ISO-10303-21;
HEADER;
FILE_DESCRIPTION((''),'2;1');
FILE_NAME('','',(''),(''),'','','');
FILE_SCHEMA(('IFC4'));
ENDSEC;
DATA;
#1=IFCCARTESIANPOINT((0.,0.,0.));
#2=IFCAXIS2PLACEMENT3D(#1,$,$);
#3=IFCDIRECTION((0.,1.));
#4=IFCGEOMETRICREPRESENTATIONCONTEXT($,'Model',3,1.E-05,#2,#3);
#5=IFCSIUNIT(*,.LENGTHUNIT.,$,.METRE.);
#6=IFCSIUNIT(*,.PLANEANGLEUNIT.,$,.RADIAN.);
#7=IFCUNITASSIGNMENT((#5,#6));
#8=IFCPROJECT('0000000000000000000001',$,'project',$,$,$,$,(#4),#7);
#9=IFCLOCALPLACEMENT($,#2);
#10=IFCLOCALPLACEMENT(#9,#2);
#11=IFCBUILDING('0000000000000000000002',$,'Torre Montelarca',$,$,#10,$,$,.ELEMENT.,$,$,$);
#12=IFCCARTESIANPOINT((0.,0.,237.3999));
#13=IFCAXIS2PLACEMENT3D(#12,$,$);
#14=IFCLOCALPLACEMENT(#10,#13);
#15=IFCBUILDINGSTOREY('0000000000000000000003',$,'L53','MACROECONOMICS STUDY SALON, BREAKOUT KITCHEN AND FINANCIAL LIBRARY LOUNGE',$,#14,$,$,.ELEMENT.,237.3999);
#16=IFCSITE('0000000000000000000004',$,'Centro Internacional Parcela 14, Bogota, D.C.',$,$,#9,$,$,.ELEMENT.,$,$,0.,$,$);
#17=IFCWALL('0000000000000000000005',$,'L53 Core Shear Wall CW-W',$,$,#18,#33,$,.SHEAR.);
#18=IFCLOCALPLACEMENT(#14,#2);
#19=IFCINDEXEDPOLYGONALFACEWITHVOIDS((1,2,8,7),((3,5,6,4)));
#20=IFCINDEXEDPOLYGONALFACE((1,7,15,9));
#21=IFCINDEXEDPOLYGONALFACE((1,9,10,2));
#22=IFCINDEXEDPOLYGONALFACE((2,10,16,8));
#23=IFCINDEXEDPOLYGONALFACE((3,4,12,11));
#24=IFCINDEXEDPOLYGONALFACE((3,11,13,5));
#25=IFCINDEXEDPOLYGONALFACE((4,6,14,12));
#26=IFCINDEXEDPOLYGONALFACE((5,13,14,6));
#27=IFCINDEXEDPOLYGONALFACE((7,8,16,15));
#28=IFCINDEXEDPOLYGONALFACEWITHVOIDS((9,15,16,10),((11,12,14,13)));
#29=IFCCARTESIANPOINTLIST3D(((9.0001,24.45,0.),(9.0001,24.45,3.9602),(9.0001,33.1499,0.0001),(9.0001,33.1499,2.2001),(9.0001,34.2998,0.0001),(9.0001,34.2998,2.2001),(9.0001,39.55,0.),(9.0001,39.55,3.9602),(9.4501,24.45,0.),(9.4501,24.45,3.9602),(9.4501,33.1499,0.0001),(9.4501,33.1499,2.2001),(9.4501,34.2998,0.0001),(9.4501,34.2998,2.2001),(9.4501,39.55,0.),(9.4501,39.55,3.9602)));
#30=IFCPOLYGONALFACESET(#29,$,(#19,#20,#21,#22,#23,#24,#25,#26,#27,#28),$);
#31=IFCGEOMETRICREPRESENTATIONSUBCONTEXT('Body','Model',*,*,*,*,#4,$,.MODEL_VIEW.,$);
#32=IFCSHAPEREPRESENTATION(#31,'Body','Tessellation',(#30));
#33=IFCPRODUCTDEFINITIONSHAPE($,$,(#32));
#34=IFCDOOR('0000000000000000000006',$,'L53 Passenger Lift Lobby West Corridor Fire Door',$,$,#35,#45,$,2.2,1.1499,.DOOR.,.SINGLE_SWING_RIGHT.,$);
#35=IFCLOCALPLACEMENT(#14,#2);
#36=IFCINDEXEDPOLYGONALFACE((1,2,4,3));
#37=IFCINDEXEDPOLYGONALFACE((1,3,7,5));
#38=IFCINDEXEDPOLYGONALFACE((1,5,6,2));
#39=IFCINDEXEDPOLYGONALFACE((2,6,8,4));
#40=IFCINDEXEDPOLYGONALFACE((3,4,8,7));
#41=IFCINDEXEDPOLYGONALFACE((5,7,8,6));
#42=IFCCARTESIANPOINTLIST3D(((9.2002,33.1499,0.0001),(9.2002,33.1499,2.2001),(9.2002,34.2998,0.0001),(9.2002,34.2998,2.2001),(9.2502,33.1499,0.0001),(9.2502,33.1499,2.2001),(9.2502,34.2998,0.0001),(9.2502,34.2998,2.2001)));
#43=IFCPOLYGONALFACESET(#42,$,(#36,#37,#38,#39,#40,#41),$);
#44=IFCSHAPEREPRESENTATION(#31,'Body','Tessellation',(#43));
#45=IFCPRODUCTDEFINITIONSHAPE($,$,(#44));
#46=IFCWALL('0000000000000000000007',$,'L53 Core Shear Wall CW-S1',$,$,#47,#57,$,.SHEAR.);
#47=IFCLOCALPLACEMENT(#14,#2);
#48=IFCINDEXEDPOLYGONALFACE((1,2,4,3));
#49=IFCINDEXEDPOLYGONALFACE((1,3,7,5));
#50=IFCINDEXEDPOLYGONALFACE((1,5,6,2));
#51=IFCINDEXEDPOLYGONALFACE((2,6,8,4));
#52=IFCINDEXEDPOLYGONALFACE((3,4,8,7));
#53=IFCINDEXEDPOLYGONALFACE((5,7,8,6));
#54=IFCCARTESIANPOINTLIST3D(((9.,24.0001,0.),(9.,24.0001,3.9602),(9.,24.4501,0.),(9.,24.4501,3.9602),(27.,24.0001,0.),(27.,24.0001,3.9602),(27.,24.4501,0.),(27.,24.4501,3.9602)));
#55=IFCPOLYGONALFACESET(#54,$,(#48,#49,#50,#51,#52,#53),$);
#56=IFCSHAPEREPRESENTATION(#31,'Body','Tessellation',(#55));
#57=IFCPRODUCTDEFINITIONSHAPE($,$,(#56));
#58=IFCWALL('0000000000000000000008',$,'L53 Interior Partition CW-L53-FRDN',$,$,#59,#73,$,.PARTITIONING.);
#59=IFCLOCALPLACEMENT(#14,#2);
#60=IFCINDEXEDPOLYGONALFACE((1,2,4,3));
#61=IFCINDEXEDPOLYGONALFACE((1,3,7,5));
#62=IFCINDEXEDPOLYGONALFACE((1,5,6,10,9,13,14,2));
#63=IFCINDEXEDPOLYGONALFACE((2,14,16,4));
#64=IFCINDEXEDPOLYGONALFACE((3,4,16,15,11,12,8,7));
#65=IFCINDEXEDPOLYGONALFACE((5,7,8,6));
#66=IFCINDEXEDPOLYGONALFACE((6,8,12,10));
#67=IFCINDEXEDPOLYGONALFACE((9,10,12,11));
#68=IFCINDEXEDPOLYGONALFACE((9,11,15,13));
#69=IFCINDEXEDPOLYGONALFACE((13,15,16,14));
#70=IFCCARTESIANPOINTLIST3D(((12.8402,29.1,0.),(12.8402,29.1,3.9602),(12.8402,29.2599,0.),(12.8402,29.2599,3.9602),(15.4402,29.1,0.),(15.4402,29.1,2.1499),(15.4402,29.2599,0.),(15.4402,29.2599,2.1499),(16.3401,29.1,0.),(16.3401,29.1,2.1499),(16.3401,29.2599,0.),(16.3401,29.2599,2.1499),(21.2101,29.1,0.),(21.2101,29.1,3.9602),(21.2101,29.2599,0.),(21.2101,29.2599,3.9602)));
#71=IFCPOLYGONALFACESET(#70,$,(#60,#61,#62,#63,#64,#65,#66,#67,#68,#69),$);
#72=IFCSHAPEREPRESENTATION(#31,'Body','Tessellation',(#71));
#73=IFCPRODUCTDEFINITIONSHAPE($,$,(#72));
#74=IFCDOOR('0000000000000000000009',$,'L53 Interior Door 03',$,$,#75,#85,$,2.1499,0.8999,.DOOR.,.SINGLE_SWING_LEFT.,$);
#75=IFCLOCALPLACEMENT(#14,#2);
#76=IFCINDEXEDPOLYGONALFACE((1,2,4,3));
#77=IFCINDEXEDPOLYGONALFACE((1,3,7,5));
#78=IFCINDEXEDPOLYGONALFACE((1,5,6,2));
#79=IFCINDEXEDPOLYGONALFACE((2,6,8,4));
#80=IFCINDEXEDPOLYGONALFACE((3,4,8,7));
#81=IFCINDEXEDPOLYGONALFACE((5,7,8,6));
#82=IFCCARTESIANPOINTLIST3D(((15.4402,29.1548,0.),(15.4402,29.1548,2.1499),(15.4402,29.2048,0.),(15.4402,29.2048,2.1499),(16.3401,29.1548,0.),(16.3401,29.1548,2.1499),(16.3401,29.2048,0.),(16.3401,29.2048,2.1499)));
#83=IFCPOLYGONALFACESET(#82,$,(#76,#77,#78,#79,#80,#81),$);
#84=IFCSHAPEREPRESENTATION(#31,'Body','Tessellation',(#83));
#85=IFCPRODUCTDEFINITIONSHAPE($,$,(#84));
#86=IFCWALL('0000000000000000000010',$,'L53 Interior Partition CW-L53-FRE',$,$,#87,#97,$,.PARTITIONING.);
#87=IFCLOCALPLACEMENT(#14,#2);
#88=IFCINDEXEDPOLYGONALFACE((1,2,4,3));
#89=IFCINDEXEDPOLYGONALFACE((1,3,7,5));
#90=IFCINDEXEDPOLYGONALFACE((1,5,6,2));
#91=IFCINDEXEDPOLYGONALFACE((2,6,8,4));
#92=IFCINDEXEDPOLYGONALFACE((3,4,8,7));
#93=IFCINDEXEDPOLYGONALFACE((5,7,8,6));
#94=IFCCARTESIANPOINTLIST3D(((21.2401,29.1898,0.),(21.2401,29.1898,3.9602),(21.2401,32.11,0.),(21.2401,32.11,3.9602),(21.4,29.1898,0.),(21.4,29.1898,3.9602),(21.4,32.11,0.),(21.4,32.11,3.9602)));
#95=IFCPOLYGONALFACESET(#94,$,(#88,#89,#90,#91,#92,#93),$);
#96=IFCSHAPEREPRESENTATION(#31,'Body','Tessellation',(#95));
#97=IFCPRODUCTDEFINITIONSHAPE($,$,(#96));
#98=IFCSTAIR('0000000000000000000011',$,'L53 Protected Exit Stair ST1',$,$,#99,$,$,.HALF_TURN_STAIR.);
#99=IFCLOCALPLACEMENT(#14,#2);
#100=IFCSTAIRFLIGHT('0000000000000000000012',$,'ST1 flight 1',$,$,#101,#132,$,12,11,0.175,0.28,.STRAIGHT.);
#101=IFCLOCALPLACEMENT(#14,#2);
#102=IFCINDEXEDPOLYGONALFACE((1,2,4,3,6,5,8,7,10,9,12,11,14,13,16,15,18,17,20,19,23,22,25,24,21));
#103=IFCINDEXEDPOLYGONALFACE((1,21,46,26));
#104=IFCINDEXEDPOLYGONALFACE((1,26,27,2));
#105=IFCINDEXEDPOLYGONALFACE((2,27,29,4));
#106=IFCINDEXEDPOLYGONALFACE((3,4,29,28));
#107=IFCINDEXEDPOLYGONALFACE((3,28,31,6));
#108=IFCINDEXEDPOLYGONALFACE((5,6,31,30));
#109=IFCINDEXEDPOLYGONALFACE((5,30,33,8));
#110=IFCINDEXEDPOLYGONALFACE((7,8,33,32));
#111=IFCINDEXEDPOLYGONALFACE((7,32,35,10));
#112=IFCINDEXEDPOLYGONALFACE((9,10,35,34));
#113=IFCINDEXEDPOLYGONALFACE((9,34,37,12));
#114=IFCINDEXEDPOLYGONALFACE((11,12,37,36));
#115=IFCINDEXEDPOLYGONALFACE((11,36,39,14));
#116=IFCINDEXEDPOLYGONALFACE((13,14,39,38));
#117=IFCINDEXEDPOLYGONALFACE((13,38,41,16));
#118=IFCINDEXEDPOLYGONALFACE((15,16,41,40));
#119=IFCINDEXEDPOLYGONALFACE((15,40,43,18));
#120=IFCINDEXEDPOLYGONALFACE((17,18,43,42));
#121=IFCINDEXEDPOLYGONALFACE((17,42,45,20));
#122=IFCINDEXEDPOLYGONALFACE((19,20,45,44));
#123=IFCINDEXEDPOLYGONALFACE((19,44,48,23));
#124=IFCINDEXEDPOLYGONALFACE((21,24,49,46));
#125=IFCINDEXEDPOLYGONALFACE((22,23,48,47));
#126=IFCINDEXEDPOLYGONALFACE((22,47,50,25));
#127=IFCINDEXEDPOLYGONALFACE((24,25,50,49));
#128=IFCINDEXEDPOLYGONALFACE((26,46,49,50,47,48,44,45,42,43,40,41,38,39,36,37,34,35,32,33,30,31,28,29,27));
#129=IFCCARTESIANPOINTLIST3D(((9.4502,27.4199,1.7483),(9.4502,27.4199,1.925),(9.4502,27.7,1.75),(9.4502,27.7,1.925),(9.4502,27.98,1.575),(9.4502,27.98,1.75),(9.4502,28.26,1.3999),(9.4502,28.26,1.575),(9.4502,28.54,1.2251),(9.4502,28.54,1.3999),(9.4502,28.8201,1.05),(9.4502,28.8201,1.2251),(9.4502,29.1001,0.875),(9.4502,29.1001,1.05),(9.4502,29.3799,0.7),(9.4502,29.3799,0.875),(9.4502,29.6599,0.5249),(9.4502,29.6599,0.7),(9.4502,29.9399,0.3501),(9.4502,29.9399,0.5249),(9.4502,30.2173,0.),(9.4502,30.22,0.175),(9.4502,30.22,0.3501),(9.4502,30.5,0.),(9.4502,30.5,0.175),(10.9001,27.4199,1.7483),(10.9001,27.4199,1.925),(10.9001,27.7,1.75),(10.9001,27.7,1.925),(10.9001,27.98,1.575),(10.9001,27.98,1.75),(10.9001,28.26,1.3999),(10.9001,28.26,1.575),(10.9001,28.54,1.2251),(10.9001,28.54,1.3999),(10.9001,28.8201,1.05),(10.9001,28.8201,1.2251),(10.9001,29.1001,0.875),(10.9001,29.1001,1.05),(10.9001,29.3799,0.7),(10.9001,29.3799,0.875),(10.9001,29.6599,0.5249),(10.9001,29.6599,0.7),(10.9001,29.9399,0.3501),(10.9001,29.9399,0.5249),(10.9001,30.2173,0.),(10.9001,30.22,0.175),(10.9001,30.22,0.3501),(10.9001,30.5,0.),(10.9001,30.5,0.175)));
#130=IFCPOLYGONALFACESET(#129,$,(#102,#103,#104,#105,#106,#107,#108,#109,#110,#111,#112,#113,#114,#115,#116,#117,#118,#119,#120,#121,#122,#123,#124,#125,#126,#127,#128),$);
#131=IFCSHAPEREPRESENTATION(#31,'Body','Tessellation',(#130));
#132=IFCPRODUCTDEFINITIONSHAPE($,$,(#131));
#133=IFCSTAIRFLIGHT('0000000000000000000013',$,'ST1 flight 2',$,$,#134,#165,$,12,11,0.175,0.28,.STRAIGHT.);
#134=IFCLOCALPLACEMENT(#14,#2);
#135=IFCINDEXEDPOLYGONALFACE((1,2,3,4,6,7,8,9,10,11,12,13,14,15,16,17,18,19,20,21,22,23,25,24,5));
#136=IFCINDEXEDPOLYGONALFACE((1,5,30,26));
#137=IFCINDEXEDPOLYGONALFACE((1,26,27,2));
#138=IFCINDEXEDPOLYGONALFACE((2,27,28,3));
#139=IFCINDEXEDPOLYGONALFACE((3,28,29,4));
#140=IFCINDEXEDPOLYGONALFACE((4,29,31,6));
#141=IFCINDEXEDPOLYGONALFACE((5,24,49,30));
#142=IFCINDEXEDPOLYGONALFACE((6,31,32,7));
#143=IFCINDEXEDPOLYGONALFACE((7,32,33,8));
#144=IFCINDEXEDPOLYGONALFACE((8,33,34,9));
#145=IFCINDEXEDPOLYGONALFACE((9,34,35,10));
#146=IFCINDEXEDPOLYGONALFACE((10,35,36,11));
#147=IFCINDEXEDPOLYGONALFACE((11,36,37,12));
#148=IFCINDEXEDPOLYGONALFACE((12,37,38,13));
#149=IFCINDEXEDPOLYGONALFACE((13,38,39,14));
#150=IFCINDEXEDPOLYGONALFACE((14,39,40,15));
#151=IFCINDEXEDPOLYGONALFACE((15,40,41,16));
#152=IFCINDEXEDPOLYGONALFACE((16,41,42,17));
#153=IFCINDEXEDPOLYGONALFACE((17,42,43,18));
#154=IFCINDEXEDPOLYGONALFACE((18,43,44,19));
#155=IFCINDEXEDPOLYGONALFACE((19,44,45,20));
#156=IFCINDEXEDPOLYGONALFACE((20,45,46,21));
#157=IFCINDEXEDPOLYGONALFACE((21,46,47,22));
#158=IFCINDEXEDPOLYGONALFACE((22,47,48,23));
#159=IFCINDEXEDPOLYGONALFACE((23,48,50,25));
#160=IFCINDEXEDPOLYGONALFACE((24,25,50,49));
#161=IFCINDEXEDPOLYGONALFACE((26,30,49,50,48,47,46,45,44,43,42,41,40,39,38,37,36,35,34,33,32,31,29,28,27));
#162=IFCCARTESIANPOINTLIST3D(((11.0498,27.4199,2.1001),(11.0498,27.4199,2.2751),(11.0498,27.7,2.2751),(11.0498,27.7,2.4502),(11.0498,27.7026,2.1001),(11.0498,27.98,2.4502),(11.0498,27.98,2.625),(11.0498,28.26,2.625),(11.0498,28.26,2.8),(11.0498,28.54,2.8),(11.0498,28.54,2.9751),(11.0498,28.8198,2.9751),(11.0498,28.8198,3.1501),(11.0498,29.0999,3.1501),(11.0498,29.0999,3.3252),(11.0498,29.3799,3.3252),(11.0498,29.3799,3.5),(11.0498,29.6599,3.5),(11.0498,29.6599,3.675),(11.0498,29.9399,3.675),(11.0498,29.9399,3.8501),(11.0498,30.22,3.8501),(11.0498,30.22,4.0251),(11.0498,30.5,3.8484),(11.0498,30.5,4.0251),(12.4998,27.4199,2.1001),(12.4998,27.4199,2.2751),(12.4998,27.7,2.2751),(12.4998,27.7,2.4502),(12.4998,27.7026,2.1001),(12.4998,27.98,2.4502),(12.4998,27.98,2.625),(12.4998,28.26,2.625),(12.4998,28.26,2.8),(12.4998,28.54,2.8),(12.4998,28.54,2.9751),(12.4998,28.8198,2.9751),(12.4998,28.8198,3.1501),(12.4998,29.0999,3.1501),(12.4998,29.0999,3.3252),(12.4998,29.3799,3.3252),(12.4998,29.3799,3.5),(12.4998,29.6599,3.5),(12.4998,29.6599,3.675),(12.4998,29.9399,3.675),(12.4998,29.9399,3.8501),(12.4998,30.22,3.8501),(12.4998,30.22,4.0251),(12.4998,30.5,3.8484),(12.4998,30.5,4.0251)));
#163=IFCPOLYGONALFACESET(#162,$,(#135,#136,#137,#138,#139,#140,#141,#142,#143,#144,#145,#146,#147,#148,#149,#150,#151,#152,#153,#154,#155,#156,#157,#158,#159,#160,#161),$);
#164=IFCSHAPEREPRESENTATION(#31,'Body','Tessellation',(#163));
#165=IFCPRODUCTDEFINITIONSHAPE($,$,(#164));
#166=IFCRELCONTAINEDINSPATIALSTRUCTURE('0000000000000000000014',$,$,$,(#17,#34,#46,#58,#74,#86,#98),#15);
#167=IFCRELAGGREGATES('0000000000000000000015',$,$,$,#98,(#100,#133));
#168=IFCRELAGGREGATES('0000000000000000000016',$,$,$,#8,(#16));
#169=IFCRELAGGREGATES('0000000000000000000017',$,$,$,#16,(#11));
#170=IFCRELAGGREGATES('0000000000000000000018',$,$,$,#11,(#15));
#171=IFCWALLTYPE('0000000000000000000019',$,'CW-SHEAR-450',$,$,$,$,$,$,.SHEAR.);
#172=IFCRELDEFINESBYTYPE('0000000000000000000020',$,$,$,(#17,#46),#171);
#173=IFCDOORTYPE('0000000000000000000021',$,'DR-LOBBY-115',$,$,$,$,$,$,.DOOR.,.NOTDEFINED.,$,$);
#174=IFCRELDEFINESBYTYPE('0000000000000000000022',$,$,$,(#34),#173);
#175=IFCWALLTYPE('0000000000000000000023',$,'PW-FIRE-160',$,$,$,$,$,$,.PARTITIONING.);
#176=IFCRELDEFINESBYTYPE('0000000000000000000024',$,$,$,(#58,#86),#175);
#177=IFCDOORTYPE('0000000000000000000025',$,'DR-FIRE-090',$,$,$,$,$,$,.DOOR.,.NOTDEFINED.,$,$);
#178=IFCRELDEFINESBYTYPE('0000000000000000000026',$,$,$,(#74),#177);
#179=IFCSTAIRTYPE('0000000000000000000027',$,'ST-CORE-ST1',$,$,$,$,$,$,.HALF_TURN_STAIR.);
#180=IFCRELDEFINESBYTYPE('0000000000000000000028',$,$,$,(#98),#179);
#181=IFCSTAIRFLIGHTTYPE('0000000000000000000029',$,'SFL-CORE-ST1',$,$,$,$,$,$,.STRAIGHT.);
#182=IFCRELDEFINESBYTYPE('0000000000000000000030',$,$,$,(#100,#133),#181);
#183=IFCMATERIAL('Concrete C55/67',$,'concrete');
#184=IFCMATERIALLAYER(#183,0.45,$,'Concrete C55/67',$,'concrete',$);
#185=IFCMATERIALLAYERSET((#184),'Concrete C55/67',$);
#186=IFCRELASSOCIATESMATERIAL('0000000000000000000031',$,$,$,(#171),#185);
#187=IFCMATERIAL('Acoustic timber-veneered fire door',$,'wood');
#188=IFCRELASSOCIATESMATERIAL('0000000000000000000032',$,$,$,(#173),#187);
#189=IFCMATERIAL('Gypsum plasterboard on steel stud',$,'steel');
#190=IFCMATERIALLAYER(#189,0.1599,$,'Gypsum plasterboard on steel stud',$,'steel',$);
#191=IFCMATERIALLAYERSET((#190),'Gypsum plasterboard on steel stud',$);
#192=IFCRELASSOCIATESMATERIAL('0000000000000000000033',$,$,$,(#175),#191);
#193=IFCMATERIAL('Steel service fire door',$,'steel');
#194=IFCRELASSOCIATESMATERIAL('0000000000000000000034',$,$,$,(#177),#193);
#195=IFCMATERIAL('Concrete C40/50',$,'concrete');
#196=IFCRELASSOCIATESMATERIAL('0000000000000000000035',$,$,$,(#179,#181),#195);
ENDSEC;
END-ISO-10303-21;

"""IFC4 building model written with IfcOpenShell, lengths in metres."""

from ifc_helpers import new_model, si_unit, direction, frame, frame_2d, origin, place, context, subcontext, project, spatial, polyline, rectangle, outline, extrude, source, transform, mapped, material, layer, layer_set, type_object, element, fill, aggregate, save


model = new_model("IFC4")

# Units and contexts
model_context = context("Model", 3, precision=1e-05, world=origin(), true_north=direction((0.0, 1.0)))
body_context = subcontext(model_context, "Body", "Model", "MODEL_VIEW")
ifc_project = project(units=[si_unit("LENGTHUNIT", "METRE"), si_unit("PLANEANGLEUNIT", "RADIAN")], contexts=[model_context])

# Site, building, storey
site_placement = place(None, origin())
site = spatial("IfcSite", under=ifc_project, at=site_placement, Name="Centro Internacional Parcela 14, Bogota, D.C.", CompositionType="ELEMENT", RefElevation=0.0)
building_placement = place(site_placement, origin())
building = spatial("IfcBuilding", under=site, at=building_placement, Name="Torre Montelarca", CompositionType="ELEMENT")
storey_placement = place(building_placement, frame((0.0, 0.0, 237.3999)))
storey = spatial("IfcBuildingStorey", under=building, at=storey_placement, Name="L53", Description="MACROECONOMICS STUDY SALON, BREAKOUT KITCHEN AND FINANCIAL LIBRARY LOUNGE", CompositionType="ELEMENT", Elevation=237.3999)

# Shared definitions
ifc_material_1 = material(Name="Concrete C55/67", Category="concrete")

# Wall, opening, door
ifc_material_2 = material(Name="Concrete C40/50", Category="concrete")
ifc_layer_1 = layer(ifc_material_1, 0.45, Name="Concrete C55/67", Category="concrete")
ifc_layer_set_1 = layer_set([ifc_layer_1], Name="Concrete C55/67")
wall_type_1 = type_object("IfcWallType", Name="CW-SHEAR-450", PredefinedType="SHEAR", material=ifc_layer_set_1)
wall_1_placement = place(storey_placement, frame((9.2251, 24.45, 0.0), z_axis=(0.0, 0.0, 1.0), x_axis=(0.0, 1.0, 0.0)))
wall_1 = element("IfcWall", 1, at=wall_1_placement, inside=storey, type_object=wall_type_1, Name="L53 Core Shear Wall CW-W", PredefinedType="SHEAR", context=body_context, shape_type="SweptSolid", body=[
    extrude(rectangle(XDim=15.1001, YDim=0.45, at=frame_2d((7.55, 0.0))), origin(), (0.0, 0.0, 1.0), 3.9602),
])
opening_1_placement = place(wall_1_placement, frame((8.7, 0.0, 0.0)))
opening_1 = element("IfcOpeningElement", 2, at=opening_1_placement, cuts=wall_1, PredefinedType="OPENING", context=body_context, shape_type="SweptSolid", body=[
    extrude(rectangle(XDim=1.1499, YDim=2.2, at=frame_2d((0.575, 1.1001))), frame((0.0, 0.2349, 0.0), z_axis=(0.0, -1.0, 0.0), x_axis=(1.0, 0.0, 0.0)), (0.0, 0.0, 1.0), 0.47),
])
ifc_material_3 = material(Name="Acoustic timber-veneered fire door", Category="wood")
door_type_1 = type_object("IfcDoorType", Name="DR-LOBBY-115", OperationType="NOTDEFINED", PredefinedType="DOOR", material=ifc_material_3)
shared_shape_1 = source(origin(), body_context, "Body", "SweptSolid", [
    extrude(rectangle(XDim=1.1499, YDim=2.2, at=frame_2d((0.575, 1.1001))), frame((0.0, 0.0249, 0.0), z_axis=(0.0, -1.0, 0.0), x_axis=(1.0, 0.0, 0.0)), (0.0, 0.0, 1.0), 0.05),
])
door_1_placement = place(opening_1_placement, origin())
door_1 = element("IfcDoor", 3, at=door_1_placement, inside=storey, type_object=door_type_1, Name="L53 Passenger Lift Lobby West Corridor Fire Door", OperationType="SINGLE_SWING_RIGHT", OverallHeight=2.2, OverallWidth=1.1499, PredefinedType="DOOR", context=body_context, shape_type="MappedRepresentation", body=[
    mapped(shared_shape_1, transform((0.0, 0.0, 0.0), scale=1.0)),
])
fill(opening_1, door_1)

# Wall
wall_2_placement = place(storey_placement, frame((9.0, 24.2251, 0.0), z_axis=(0.0, 0.0, 1.0), x_axis=(1.0, 0.0, 0.0)))
element("IfcWall", 4, at=wall_2_placement, inside=storey, type_object=wall_type_1, Name="L53 Core Shear Wall CW-S1", PredefinedType="SHEAR", context=body_context, shape_type="SweptSolid", body=[
    extrude(rectangle(XDim=18.0, YDim=0.45, at=frame_2d((9.0, 0.0))), origin(), (0.0, 0.0, 1.0), 3.9602),
])

# Wall, opening, door
ifc_material_4 = material(Name="Gypsum plasterboard on steel stud", Category="steel")
ifc_layer_2 = layer(ifc_material_4, 0.1599, Name="Gypsum plasterboard on steel stud", Category="steel")
ifc_layer_set_2 = layer_set([ifc_layer_2], Name="Gypsum plasterboard on steel stud")
wall_type_2 = type_object("IfcWallType", Name="PW-FIRE-160", PredefinedType="PARTITIONING", material=ifc_layer_set_2)
wall_3_placement = place(storey_placement, frame((12.8401, 29.1799, 0.0), z_axis=(0.0, 0.0, 1.0), x_axis=(1.0, 0.0, 0.0)))
wall_3 = element("IfcWall", 5, at=wall_3_placement, inside=storey, type_object=wall_type_2, Name="L53 Interior Partition CW-L53-FRDN", PredefinedType="PARTITIONING", context=body_context, shape_type="SweptSolid", body=[
    extrude(rectangle(XDim=8.3699, YDim=0.1599, at=frame_2d((4.1851, 0.0))), origin(), (0.0, 0.0, 1.0), 3.9602),
])
opening_2_placement = place(wall_3_placement, frame((2.6001, 0.0, 0.0)))
opening_2 = element("IfcOpeningElement", 6, at=opening_2_placement, cuts=wall_3, PredefinedType="OPENING", context=body_context, shape_type="SweptSolid", body=[
    extrude(rectangle(XDim=0.8999, YDim=2.1499, at=frame_2d((0.45, 1.075))), frame((0.0, 0.0898, 0.0), z_axis=(0.0, -1.0, 0.0), x_axis=(1.0, 0.0, 0.0)), (0.0, 0.0, 1.0), 0.1799),
])
ifc_material_5 = material(Name="Steel service fire door", Category="steel")
door_type_2 = type_object("IfcDoorType", Name="DR-FIRE-090", OperationType="NOTDEFINED", PredefinedType="DOOR", material=ifc_material_5)
shared_shape_2 = source(origin(), body_context, "Body", "SweptSolid", [
    extrude(rectangle(XDim=0.8999, YDim=2.1499, at=frame_2d((0.45, 1.075))), frame((0.0, 0.0249, 0.0), z_axis=(0.0, -1.0, 0.0), x_axis=(1.0, 0.0, 0.0)), (0.0, 0.0, 1.0), 0.05),
])
door_2_placement = place(opening_2_placement, origin())
door_2 = element("IfcDoor", 7, at=door_2_placement, inside=storey, type_object=door_type_2, Name="L53 Interior Door 03", OperationType="SINGLE_SWING_LEFT", OverallHeight=2.1499, OverallWidth=0.8999, PredefinedType="DOOR", context=body_context, shape_type="MappedRepresentation", body=[
    mapped(shared_shape_2, transform((0.0, 0.0, 0.0), scale=1.0)),
])
fill(opening_2, door_2)

# Wall
wall_4_placement = place(storey_placement, frame((21.3201, 29.1899, 0.0), z_axis=(0.0, 0.0, 1.0), x_axis=(0.0, 1.0, 0.0)))
element("IfcWall", 8, at=wall_4_placement, inside=storey, type_object=wall_type_2, Name="L53 Interior Partition CW-L53-FRE", PredefinedType="PARTITIONING", context=body_context, shape_type="SweptSolid", body=[
    extrude(rectangle(XDim=2.9202, YDim=0.1599, at=frame_2d((1.46, 0.0))), origin(), (0.0, 0.0, 1.0), 3.9602),
])

# Stair, stair flights
stair_type = type_object("IfcStairType", Name="ST-CORE-ST1", PredefinedType="HALF_TURN_STAIR", material=ifc_material_2)
stair_placement = place(storey_placement, origin())
stair = element("IfcStair", 9, at=stair_placement, inside=storey, type_object=stair_type, Name="L53 Protected Exit Stair ST1", PredefinedType="HALF_TURN_STAIR")
stair_flight_type = type_object("IfcStairFlightType", Name="SFL-CORE-ST1", PredefinedType="STRAIGHT", material=ifc_material_2)
stair_flight_1_placement = place(storey_placement, frame((10.175, 30.5, 0.0), z_axis=(0.0, 0.0, 1.0), x_axis=(0.0, -1.0, 0.0)))
stair_flight_1 = element("IfcStairFlight", 10, at=stair_flight_1_placement, type_object=stair_flight_type, Name="ST1 flight 1", NumberOfRisers=12, NumberOfTreads=11, PredefinedType="STRAIGHT", RiserHeight=0.175, TreadLength=0.28, context=body_context, shape_type="SweptSolid", body=[
    extrude(outline(polyline([(0.0, 0.0), (0.0, 0.175), (0.28, 0.175), (0.28, 0.3501), (0.5601, 0.3501), (0.5601, 0.5249), (0.8401, 0.5249), (0.8401, 0.7), (1.1201, 0.7), (1.1201, 0.875), (1.3999, 0.875), (1.3999, 1.05), (1.6799, 1.05), (1.6799, 1.2251), (1.96, 1.2251), (1.96, 1.3999), (2.24, 1.3999), (2.24, 1.575), (2.52, 1.575), (2.52, 1.75), (2.8, 1.75), (2.8, 1.925), (3.0801, 1.925), (3.0801, 2.1001), (3.0801, 1.7483), (0.2827, 0.0), (0.0, 0.0)])), frame((0.0, 0.7251, 0.0), z_axis=(0.0, -1.0, 0.0), x_axis=(1.0, 0.0, 0.0)), (0.0, 0.0, 1.0), 1.45),
])
stair_flight_2_placement = place(storey_placement, frame((11.7749, 27.4199, 2.1001), z_axis=(0.0, 0.0, 1.0), x_axis=(0.0, 1.0, 0.0)))
stair_flight_2 = element("IfcStairFlight", 11, at=stair_flight_2_placement, type_object=stair_flight_type, Name="ST1 flight 2", NumberOfRisers=12, NumberOfTreads=11, PredefinedType="STRAIGHT", RiserHeight=0.175, TreadLength=0.28, context=body_context, shape_type="SweptSolid", body=[
    extrude(outline(polyline([(0.0, 0.0), (0.0, 0.175), (0.28, 0.175), (0.28, 0.3501), (0.5601, 0.3501), (0.5601, 0.5249), (0.8401, 0.5249), (0.8401, 0.7), (1.1201, 0.7), (1.1201, 0.875), (1.3999, 0.875), (1.3999, 1.05), (1.6799, 1.05), (1.6799, 1.2251), (1.96, 1.2251), (1.96, 1.3999), (2.24, 1.3999), (2.24, 1.575), (2.52, 1.575), (2.52, 1.75), (2.8, 1.75), (2.8, 1.925), (3.0801, 1.925), (3.0801, 2.1001), (3.0801, 1.7483), (0.2827, 0.0), (0.0, 0.0)])), frame((0.0, 0.7251, 0.0), z_axis=(0.0, -1.0, 0.0), x_axis=(1.0, 0.0, 0.0)), (0.0, 0.0, 1.0), 1.45),
])
aggregate(stair, [stair_flight_1, stair_flight_2])

save(model, "model.ifc")
